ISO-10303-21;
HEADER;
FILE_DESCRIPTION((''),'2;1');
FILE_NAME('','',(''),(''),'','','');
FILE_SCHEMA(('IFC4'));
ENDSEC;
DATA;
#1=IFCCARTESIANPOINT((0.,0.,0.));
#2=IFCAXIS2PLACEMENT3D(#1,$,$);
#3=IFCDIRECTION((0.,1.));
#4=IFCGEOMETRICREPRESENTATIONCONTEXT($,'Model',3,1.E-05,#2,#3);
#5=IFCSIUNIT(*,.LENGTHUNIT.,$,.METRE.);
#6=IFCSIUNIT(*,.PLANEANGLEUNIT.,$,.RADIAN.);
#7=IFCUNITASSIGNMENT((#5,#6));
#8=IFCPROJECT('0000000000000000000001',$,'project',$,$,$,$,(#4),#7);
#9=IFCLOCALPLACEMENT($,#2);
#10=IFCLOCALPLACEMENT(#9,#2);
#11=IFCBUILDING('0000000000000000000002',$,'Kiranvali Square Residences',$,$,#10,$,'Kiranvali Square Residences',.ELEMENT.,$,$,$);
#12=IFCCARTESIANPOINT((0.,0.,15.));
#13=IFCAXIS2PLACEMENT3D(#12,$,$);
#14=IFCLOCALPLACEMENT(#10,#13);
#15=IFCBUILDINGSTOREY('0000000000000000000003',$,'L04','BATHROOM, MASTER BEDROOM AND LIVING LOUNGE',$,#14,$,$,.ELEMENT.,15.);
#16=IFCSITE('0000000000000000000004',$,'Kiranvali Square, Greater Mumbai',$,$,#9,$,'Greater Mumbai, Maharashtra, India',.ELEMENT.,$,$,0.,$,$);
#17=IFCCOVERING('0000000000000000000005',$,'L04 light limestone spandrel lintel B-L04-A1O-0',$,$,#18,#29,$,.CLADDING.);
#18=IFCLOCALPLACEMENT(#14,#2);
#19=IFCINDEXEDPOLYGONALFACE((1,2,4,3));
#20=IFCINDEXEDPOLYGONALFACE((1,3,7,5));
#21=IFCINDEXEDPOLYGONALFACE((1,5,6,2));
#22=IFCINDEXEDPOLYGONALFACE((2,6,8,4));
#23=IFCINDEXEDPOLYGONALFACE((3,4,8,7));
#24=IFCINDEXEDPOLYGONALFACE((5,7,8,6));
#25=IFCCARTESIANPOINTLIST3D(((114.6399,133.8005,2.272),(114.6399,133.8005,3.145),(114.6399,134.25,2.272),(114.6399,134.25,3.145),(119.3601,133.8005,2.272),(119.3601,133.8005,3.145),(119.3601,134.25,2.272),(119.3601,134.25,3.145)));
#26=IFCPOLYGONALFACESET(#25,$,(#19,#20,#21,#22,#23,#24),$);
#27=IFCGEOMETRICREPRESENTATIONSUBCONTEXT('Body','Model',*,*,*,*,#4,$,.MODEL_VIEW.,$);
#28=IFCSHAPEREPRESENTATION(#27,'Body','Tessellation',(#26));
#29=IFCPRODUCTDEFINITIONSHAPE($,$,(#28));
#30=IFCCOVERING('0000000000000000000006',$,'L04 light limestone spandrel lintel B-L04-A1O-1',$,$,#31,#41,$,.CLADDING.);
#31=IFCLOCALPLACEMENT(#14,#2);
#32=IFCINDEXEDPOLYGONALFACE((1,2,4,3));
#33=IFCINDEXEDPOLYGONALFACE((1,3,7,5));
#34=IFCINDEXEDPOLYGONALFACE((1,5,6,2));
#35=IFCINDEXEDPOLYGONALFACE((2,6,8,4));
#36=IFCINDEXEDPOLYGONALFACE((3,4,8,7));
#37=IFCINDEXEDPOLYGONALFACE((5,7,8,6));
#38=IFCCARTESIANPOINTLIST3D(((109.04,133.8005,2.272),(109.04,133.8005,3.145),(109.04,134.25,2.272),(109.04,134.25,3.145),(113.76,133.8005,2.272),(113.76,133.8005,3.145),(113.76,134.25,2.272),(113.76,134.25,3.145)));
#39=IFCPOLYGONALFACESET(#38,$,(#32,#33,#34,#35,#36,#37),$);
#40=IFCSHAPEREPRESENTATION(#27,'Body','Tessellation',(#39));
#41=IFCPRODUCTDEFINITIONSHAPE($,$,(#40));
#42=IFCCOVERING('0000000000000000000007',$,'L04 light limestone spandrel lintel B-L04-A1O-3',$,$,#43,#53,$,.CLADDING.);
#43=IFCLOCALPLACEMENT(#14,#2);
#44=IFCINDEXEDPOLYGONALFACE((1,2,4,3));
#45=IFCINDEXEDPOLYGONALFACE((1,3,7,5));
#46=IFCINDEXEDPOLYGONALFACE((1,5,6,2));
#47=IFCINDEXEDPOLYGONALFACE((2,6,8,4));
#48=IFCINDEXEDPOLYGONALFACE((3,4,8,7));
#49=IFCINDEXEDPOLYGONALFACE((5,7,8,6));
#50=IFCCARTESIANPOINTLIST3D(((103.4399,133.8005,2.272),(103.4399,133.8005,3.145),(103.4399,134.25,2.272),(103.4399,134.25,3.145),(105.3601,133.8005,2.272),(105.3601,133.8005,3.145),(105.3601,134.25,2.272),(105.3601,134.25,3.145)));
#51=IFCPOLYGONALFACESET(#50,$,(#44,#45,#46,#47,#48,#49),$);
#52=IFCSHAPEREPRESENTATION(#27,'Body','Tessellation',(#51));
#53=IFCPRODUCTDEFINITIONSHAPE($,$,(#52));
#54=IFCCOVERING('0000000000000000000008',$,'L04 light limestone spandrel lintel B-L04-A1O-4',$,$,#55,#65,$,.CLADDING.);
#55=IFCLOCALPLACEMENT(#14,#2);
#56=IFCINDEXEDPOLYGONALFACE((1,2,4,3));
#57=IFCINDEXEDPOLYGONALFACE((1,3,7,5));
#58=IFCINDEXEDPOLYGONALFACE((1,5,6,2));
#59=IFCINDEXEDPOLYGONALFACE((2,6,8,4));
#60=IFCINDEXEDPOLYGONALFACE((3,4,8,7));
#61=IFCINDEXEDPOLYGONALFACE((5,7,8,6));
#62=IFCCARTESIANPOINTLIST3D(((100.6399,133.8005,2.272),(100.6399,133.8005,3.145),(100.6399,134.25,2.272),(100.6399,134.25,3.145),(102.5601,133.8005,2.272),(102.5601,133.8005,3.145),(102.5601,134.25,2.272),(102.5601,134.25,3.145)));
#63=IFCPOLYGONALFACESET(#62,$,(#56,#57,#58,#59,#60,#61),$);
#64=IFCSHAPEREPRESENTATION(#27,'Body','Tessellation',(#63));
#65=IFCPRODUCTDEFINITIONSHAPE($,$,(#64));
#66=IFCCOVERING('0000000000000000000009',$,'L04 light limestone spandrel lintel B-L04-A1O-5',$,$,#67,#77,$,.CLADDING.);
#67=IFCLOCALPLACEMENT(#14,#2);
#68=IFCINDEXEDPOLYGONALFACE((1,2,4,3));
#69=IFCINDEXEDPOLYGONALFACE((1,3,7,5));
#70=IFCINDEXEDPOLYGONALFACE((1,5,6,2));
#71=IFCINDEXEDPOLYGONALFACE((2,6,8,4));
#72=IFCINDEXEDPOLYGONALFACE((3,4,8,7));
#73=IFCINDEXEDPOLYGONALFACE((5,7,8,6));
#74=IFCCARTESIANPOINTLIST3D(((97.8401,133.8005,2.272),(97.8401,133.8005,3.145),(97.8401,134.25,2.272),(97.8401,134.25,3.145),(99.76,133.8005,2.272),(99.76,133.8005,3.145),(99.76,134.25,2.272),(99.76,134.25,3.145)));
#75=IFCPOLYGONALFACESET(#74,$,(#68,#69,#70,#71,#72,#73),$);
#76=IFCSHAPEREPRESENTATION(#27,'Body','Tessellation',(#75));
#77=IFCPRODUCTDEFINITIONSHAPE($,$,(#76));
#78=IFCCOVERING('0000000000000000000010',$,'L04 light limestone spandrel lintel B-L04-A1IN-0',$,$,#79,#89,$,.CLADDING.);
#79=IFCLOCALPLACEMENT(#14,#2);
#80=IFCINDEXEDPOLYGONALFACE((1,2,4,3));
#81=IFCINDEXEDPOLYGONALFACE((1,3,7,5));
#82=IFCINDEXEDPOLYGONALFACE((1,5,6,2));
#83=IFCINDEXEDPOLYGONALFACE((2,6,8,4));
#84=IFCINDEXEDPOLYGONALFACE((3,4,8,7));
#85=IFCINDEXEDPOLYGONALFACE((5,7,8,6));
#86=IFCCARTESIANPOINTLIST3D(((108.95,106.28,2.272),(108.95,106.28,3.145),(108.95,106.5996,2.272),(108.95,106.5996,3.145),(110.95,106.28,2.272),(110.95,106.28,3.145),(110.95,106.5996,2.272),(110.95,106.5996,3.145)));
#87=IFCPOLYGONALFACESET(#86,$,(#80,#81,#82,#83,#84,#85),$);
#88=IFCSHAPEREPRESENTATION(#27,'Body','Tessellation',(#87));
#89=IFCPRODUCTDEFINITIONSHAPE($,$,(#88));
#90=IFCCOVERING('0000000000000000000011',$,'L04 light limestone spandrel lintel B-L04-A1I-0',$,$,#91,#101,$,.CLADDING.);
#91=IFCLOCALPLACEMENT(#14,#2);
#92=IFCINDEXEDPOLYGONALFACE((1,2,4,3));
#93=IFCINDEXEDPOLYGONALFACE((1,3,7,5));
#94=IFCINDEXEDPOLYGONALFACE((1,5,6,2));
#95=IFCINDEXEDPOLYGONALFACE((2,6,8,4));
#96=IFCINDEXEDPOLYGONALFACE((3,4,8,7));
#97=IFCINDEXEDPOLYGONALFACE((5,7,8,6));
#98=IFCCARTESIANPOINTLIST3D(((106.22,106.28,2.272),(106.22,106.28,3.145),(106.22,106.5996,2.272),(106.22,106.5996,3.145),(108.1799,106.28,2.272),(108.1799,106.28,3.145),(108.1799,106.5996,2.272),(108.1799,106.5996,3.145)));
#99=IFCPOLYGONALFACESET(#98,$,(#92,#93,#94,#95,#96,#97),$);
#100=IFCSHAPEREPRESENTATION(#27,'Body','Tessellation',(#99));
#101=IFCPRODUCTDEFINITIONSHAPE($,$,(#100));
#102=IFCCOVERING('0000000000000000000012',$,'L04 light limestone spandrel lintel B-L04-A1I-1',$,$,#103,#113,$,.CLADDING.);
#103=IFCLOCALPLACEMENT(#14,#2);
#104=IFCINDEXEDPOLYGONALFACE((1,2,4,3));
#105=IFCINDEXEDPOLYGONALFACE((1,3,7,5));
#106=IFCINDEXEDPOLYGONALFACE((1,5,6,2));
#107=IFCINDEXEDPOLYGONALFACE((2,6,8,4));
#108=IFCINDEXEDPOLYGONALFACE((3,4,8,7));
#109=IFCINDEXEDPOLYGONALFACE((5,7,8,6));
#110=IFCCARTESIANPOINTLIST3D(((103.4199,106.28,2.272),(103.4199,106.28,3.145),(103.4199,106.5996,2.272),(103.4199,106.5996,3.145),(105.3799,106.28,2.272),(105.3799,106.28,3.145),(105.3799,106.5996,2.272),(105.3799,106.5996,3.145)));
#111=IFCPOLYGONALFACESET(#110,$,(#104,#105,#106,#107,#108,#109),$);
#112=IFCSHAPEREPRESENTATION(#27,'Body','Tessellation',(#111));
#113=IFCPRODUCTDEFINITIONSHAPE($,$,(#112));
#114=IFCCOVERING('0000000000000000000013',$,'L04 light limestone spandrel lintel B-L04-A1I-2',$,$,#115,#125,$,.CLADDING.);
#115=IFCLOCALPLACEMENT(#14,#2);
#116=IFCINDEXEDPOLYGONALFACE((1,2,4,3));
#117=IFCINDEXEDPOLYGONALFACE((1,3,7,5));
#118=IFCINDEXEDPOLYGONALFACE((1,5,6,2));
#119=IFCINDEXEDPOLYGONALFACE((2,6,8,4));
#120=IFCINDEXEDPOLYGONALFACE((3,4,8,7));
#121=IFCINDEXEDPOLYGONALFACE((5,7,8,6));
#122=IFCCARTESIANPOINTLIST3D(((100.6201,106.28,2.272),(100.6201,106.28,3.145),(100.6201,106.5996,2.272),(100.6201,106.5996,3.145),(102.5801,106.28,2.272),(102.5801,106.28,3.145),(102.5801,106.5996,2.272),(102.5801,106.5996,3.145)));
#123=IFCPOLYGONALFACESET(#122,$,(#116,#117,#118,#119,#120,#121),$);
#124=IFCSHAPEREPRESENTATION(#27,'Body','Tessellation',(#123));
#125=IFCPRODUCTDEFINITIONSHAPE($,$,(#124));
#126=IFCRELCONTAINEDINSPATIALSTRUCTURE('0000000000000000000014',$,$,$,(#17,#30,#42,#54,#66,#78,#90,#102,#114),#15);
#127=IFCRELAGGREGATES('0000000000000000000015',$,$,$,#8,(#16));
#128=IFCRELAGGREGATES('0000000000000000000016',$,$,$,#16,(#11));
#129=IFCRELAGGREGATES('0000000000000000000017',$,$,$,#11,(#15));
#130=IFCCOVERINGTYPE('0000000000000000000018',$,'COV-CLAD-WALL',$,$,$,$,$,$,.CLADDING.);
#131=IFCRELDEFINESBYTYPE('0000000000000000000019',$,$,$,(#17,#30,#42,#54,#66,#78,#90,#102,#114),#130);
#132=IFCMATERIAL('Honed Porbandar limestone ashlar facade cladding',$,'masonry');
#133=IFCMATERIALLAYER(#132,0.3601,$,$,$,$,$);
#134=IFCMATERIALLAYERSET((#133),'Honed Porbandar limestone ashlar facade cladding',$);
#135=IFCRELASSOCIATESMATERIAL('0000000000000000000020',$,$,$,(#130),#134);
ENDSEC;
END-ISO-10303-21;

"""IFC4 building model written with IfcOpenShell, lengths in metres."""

from ifc_helpers import new_model, si_unit, direction, frame, origin, place, context, subcontext, project, spatial, polyline, outline, extrude, material, layer, layer_set, type_object, element, save


model = new_model("IFC4")

# Units and contexts
model_context = context("Model", 3, precision=1e-05, world=origin(), true_north=direction((0.0, 1.0)))
body_context = subcontext(model_context, "Body", "Model", "MODEL_VIEW")
ifc_project = project(units=[si_unit("LENGTHUNIT", "METRE"), si_unit("PLANEANGLEUNIT", "RADIAN")], contexts=[model_context])

# Site, building, storey
site_placement = place(None, origin())
site = spatial("IfcSite", under=ifc_project, at=site_placement, Name="Kiranvali Square, Greater Mumbai", LongName="Greater Mumbai, Maharashtra, India", CompositionType="ELEMENT", RefElevation=0.0)
building_placement = place(site_placement, origin())
building = spatial("IfcBuilding", under=site, at=building_placement, Name="Kiranvali Square Residences", LongName="Kiranvali Square Residences", CompositionType="ELEMENT")
storey_placement = place(building_placement, frame((0.0, 0.0, 15.0)))
storey = spatial("IfcBuildingStorey", under=building, at=storey_placement, Name="L04", Description="BATHROOM, MASTER BEDROOM AND LIVING LOUNGE", CompositionType="ELEMENT", Elevation=15.0)

# Coverings
ifc_material = material(Name="Honed Porbandar limestone ashlar facade cladding", Category="masonry")
ifc_layer = layer(ifc_material, 0.3601)
ifc_layer_set = layer_set([ifc_layer], Name="Honed Porbandar limestone ashlar facade cladding")
covering_type = type_object("IfcCoveringType", Name="COV-CLAD-WALL", PredefinedType="CLADDING", material=ifc_layer_set)
covering_1_placement = place(storey_placement, frame((0.0, 0.0, 2.272)))
element("IfcCovering", 1, at=covering_1_placement, inside=storey, type_object=covering_type, Name="L04 light limestone spandrel lintel B-L04-A1O-0", PredefinedType="CLADDING", context=body_context, shape_type="SweptSolid", body=[
    extrude(outline(polyline([(119.3601, 134.25), (114.6399, 134.25), (114.6399, 133.8005), (119.3601, 133.8005), (119.3601, 134.25)])), origin(), (0.0, 0.0, 1.0), 0.873),
])
covering_2_placement = place(storey_placement, frame((0.0, 0.0, 2.272)))
element("IfcCovering", 2, at=covering_2_placement, inside=storey, type_object=covering_type, Name="L04 light limestone spandrel lintel B-L04-A1O-1", PredefinedType="CLADDING", context=body_context, shape_type="SweptSolid", body=[
    extrude(outline(polyline([(113.76, 134.25), (109.04, 134.25), (109.04, 133.8005), (113.76, 133.8005), (113.76, 134.25)])), origin(), (0.0, 0.0, 1.0), 0.873),
])
covering_3_placement = place(storey_placement, frame((0.0, 0.0, 2.272)))
element("IfcCovering", 3, at=covering_3_placement, inside=storey, type_object=covering_type, Name="L04 light limestone spandrel lintel B-L04-A1O-3", PredefinedType="CLADDING", context=body_context, shape_type="SweptSolid", body=[
    extrude(outline(polyline([(105.3601, 134.25), (103.4399, 134.25), (103.4399, 133.8005), (105.3601, 133.8005), (105.3601, 134.25)])), origin(), (0.0, 0.0, 1.0), 0.873),
])
covering_4_placement = place(storey_placement, frame((0.0, 0.0, 2.272)))
element("IfcCovering", 4, at=covering_4_placement, inside=storey, type_object=covering_type, Name="L04 light limestone spandrel lintel B-L04-A1O-4", PredefinedType="CLADDING", context=body_context, shape_type="SweptSolid", body=[
    extrude(outline(polyline([(102.5601, 134.25), (100.6399, 134.25), (100.6399, 133.8005), (102.5601, 133.8005), (102.5601, 134.25)])), origin(), (0.0, 0.0, 1.0), 0.873),
])
covering_5_placement = place(storey_placement, frame((0.0, 0.0, 2.272)))
element("IfcCovering", 5, at=covering_5_placement, inside=storey, type_object=covering_type, Name="L04 light limestone spandrel lintel B-L04-A1O-5", PredefinedType="CLADDING", context=body_context, shape_type="SweptSolid", body=[
    extrude(outline(polyline([(99.76, 134.25), (97.8401, 134.25), (97.8401, 133.8005), (99.76, 133.8005), (99.76, 134.25)])), origin(), (0.0, 0.0, 1.0), 0.873),
])
covering_6_placement = place(storey_placement, frame((0.0, 0.0, 2.272)))
element("IfcCovering", 6, at=covering_6_placement, inside=storey, type_object=covering_type, Name="L04 light limestone spandrel lintel B-L04-A1IN-0", PredefinedType="CLADDING", context=body_context, shape_type="SweptSolid", body=[
    extrude(outline(polyline([(110.95, 106.5996), (108.95, 106.5996), (108.95, 106.28), (110.95, 106.28), (110.95, 106.5996)])), origin(), (0.0, 0.0, 1.0), 0.873),
])
covering_7_placement = place(storey_placement, frame((0.0, 0.0, 2.272)))
element("IfcCovering", 7, at=covering_7_placement, inside=storey, type_object=covering_type, Name="L04 light limestone spandrel lintel B-L04-A1I-0", PredefinedType="CLADDING", context=body_context, shape_type="SweptSolid", body=[
    extrude(outline(polyline([(108.1799, 106.5996), (106.22, 106.5996), (106.22, 106.28), (108.1799, 106.28), (108.1799, 106.5996)])), origin(), (0.0, 0.0, 1.0), 0.873),
])
covering_8_placement = place(storey_placement, frame((0.0, 0.0, 2.272)))
element("IfcCovering", 8, at=covering_8_placement, inside=storey, type_object=covering_type, Name="L04 light limestone spandrel lintel B-L04-A1I-1", PredefinedType="CLADDING", context=body_context, shape_type="SweptSolid", body=[
    extrude(outline(polyline([(105.3799, 106.5996), (103.4199, 106.5996), (103.4199, 106.28), (105.3799, 106.28), (105.3799, 106.5996)])), origin(), (0.0, 0.0, 1.0), 0.873),
])
covering_9_placement = place(storey_placement, frame((0.0, 0.0, 2.272)))
element("IfcCovering", 9, at=covering_9_placement, inside=storey, type_object=covering_type, Name="L04 light limestone spandrel lintel B-L04-A1I-2", PredefinedType="CLADDING", context=body_context, shape_type="SweptSolid", body=[
    extrude(outline(polyline([(102.5801, 106.5996), (100.6201, 106.5996), (100.6201, 106.28), (102.5801, 106.28), (102.5801, 106.5996)])), origin(), (0.0, 0.0, 1.0), 0.873),
])

save(model, "model.ifc")
